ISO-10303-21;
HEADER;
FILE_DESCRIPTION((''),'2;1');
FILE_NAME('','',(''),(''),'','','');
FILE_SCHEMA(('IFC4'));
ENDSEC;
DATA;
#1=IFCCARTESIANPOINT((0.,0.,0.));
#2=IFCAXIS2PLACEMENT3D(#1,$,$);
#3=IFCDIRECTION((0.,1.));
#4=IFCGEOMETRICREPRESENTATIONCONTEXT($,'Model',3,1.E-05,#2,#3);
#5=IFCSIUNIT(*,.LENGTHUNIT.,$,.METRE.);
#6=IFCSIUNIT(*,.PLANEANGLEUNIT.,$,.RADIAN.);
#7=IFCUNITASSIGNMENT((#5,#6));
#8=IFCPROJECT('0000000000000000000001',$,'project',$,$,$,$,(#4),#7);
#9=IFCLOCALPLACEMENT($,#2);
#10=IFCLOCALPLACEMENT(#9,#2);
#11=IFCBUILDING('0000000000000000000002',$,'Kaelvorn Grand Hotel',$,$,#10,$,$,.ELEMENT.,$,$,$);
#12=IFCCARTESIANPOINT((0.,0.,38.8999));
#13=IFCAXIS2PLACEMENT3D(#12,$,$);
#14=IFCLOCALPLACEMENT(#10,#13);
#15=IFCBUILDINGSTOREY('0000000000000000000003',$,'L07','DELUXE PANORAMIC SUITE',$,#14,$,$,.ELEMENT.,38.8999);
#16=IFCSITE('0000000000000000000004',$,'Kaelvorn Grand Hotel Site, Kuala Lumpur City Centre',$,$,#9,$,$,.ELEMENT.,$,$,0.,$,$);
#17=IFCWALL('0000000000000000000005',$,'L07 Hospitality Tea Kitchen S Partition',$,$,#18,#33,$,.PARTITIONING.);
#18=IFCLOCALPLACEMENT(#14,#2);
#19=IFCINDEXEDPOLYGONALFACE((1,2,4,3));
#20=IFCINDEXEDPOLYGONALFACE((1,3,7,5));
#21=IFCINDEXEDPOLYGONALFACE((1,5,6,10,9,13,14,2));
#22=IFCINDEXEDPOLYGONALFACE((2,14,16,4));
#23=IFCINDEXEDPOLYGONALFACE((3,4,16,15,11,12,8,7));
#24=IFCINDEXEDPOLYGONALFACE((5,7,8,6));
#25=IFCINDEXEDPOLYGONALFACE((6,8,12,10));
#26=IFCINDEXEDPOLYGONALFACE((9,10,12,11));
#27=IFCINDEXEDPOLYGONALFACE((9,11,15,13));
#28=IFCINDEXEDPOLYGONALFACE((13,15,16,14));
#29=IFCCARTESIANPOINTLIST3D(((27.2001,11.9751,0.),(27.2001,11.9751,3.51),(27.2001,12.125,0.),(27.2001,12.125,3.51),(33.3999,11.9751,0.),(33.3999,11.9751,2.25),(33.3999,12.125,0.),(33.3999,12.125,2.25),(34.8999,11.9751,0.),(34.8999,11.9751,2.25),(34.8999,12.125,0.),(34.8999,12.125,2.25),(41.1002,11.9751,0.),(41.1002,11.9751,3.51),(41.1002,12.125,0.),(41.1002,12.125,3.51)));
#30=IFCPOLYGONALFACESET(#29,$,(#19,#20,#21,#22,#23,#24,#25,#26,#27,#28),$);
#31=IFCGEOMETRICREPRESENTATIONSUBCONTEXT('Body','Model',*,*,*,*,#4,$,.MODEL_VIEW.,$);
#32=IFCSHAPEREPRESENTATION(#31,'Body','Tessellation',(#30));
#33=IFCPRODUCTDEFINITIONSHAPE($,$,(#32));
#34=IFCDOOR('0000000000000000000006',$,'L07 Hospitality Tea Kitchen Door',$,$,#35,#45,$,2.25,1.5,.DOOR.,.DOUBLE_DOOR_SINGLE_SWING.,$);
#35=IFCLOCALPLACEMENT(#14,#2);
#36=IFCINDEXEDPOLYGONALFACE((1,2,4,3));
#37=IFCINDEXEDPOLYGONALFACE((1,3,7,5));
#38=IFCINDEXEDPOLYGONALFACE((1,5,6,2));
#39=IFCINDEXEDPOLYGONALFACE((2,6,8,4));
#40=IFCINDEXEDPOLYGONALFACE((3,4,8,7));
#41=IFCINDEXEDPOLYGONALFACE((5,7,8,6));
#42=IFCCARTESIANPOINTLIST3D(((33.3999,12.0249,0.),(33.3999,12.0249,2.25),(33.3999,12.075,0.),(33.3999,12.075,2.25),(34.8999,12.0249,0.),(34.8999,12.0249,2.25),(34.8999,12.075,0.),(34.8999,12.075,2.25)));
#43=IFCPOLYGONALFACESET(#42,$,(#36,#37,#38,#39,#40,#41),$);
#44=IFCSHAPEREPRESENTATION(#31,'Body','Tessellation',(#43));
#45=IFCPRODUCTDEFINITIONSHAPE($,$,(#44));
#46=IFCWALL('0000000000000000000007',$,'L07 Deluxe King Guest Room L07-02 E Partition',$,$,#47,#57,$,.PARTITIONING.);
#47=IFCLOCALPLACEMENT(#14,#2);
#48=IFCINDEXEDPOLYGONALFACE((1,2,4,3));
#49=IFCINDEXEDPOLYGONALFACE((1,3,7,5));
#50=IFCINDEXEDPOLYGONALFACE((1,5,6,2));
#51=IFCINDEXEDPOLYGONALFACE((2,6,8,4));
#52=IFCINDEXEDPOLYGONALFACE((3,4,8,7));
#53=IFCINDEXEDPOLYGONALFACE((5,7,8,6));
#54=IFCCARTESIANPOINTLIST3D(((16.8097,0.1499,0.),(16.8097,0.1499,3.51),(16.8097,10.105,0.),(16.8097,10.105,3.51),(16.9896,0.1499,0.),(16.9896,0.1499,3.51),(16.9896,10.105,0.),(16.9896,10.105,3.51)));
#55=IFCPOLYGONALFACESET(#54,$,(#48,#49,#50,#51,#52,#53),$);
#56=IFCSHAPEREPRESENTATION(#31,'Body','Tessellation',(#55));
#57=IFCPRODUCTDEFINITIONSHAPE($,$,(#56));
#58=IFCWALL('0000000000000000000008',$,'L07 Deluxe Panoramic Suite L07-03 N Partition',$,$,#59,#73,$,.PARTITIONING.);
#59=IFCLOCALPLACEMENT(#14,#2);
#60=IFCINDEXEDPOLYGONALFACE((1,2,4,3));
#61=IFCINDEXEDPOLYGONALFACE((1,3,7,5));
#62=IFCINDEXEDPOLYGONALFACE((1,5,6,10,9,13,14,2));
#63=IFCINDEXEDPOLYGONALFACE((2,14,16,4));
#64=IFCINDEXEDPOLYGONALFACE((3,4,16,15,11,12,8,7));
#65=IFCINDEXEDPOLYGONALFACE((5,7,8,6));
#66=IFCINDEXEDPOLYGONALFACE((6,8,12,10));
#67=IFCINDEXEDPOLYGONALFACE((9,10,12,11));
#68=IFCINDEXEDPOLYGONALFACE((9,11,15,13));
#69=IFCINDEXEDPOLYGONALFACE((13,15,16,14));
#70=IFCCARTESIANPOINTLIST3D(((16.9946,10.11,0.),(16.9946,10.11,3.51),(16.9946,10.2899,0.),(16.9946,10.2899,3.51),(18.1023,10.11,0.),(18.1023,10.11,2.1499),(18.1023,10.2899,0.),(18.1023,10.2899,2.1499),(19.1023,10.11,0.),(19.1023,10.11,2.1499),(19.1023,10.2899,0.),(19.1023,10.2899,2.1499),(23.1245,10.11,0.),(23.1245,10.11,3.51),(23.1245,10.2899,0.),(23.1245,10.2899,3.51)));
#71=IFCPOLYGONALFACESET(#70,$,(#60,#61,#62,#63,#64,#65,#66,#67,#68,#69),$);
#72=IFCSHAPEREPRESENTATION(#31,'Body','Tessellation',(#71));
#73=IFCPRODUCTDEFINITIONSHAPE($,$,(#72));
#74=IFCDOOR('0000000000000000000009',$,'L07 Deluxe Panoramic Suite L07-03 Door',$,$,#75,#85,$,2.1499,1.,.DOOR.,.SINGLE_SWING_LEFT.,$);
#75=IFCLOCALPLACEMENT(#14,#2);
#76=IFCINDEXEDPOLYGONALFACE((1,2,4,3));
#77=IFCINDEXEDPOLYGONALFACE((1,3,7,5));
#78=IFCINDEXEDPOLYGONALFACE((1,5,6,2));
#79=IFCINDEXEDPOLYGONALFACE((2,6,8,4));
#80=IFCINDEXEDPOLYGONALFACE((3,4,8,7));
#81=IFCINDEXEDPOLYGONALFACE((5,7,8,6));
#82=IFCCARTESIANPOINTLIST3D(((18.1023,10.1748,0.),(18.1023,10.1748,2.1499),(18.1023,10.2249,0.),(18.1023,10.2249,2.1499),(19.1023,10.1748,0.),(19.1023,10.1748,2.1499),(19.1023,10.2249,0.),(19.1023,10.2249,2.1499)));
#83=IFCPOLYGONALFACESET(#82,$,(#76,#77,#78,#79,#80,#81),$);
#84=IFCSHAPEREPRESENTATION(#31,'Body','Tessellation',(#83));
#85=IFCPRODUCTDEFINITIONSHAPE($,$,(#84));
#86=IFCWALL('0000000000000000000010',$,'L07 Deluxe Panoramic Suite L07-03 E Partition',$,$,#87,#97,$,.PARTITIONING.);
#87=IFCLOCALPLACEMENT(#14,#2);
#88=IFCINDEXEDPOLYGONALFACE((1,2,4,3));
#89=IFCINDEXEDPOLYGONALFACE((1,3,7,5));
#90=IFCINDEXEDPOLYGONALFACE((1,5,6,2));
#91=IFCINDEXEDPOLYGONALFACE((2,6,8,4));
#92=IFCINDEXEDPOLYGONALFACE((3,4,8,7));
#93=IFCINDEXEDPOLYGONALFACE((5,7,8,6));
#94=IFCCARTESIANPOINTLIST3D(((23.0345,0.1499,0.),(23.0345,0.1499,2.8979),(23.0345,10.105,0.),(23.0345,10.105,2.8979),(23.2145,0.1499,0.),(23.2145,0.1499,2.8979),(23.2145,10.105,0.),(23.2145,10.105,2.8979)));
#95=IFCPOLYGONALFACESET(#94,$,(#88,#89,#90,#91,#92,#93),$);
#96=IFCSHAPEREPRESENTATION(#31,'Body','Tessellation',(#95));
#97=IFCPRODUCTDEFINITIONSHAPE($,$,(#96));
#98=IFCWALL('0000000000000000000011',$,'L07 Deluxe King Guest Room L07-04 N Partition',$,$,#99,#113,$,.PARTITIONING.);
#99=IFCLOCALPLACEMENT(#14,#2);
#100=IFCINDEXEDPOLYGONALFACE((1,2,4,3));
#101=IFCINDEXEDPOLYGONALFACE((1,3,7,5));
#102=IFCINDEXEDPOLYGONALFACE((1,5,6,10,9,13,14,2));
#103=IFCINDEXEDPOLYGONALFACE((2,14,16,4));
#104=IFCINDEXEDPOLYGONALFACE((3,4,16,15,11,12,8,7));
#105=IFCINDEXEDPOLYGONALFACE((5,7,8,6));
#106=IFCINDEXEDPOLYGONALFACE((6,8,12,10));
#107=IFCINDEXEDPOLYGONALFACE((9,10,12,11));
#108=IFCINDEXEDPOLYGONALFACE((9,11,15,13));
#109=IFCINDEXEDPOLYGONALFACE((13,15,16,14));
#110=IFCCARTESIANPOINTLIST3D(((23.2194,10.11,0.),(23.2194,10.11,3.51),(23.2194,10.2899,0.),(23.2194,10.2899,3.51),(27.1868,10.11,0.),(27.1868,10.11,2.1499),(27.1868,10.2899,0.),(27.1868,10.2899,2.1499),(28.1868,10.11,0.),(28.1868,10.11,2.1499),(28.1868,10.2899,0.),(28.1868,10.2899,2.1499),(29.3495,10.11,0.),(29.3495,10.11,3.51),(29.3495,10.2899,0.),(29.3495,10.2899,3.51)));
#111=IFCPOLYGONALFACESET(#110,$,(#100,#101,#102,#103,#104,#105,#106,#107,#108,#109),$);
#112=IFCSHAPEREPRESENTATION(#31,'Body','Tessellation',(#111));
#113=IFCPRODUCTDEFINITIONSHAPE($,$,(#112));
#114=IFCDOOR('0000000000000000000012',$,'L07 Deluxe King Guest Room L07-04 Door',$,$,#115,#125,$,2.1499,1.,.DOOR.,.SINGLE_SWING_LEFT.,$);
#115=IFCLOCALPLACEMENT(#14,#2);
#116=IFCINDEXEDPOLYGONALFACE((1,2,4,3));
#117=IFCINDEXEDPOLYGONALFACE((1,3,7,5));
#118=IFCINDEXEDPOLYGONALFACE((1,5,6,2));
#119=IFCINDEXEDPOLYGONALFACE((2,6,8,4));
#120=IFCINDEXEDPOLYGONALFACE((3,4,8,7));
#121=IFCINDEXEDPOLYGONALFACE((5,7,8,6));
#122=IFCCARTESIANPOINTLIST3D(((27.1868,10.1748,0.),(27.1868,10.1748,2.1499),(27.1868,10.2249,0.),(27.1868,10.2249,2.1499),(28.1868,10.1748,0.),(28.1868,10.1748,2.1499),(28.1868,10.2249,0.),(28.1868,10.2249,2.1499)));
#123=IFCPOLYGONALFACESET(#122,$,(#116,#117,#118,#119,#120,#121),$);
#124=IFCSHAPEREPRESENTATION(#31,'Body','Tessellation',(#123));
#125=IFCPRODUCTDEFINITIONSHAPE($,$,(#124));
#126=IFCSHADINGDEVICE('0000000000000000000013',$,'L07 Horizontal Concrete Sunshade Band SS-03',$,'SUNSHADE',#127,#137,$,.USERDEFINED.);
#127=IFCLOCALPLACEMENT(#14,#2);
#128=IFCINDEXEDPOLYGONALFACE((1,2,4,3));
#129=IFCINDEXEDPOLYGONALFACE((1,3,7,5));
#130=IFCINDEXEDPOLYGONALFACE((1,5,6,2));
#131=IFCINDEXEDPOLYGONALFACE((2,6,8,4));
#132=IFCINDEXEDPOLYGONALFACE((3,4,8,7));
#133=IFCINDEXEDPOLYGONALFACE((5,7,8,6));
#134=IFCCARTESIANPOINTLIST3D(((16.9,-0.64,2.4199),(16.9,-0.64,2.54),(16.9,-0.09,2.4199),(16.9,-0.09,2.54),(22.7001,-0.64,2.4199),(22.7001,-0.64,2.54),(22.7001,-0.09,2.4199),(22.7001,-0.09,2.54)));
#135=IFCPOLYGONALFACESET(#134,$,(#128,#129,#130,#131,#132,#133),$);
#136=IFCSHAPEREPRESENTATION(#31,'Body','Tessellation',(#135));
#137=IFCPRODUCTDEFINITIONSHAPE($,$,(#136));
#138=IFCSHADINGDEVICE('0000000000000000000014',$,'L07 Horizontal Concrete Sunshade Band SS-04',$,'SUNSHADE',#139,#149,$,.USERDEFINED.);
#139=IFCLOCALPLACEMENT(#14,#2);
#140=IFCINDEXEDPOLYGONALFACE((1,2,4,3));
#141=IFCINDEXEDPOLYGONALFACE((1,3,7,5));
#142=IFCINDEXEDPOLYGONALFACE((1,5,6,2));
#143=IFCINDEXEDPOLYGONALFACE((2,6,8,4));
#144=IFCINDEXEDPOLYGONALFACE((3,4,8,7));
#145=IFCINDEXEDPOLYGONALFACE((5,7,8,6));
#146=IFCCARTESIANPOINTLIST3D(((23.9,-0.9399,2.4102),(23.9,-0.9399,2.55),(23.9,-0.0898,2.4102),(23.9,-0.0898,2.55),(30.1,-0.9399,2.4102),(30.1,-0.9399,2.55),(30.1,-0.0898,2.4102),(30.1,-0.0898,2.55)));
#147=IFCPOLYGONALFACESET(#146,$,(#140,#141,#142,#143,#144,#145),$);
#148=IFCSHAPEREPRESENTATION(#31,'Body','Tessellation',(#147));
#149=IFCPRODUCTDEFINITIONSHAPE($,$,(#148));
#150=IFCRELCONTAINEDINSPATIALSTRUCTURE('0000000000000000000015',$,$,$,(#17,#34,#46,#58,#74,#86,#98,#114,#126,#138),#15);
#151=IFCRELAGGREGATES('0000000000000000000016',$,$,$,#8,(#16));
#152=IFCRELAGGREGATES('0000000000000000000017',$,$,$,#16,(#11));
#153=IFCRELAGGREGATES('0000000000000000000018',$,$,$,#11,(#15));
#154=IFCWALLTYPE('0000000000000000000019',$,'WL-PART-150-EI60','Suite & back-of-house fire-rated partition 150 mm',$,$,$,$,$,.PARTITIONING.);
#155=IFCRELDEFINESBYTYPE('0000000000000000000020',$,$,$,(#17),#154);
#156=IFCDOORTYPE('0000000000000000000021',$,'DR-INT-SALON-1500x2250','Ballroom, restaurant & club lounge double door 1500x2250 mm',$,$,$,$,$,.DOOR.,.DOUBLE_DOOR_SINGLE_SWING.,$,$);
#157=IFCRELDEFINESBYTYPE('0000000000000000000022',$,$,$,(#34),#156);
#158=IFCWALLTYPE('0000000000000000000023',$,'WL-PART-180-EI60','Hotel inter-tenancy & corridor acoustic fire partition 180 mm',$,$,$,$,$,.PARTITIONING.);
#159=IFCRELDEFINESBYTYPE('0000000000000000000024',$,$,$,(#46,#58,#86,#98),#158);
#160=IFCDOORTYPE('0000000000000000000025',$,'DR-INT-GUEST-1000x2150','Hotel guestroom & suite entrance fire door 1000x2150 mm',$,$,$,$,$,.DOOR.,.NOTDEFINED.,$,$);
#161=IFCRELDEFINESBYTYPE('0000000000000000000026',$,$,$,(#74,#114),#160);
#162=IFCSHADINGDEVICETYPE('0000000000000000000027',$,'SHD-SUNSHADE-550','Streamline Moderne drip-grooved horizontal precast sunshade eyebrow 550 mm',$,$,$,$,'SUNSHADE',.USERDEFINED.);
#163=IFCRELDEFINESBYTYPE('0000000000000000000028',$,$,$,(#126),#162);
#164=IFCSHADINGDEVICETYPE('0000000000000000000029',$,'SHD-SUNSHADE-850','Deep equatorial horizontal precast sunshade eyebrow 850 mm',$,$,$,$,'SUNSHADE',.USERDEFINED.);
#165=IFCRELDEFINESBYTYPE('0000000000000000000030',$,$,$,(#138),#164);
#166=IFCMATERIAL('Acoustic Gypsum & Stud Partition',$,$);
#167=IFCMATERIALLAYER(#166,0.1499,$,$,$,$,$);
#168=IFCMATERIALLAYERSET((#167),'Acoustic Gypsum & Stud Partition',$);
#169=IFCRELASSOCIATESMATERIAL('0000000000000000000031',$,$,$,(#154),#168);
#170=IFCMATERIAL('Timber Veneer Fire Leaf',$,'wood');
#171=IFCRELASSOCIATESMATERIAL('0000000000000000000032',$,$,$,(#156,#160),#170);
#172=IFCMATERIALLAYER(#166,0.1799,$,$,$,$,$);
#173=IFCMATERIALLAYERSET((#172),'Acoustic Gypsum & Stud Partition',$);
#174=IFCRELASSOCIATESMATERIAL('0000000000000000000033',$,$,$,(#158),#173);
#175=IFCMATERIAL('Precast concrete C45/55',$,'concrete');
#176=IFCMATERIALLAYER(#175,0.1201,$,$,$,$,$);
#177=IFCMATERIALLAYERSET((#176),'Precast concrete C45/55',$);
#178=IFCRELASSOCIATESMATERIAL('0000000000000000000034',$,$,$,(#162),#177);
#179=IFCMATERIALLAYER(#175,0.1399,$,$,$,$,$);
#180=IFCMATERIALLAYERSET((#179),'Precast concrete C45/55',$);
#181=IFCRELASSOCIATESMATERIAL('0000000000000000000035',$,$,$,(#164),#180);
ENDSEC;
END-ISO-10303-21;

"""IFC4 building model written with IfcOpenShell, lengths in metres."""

from ifc_helpers import new_model, si_unit, direction, frame, frame_2d, origin, origin_2d, place, context, subcontext, project, spatial, rectangle, extrude, material, layer, layer_set, type_object, element, fill, save


model = new_model("IFC4")

# Units and contexts
model_context = context("Model", 3, precision=1e-05, world=origin(), true_north=direction((0.0, 1.0)))
body_context = subcontext(model_context, "Body", "Model", "MODEL_VIEW")
ifc_project = project(units=[si_unit("LENGTHUNIT", "METRE"), si_unit("PLANEANGLEUNIT", "RADIAN")], contexts=[model_context])

# Site, building, storey
site_placement = place(None, origin())
site = spatial("IfcSite", under=ifc_project, at=site_placement, Name="Kaelvorn Grand Hotel Site, Kuala Lumpur City Centre", CompositionType="ELEMENT", RefElevation=0.0)
building_placement = place(site_placement, origin())
building = spatial("IfcBuilding", under=site, at=building_placement, Name="Kaelvorn Grand Hotel", CompositionType="ELEMENT")
storey_placement = place(building_placement, frame((0.0, 0.0, 38.8999)))
storey = spatial("IfcBuildingStorey", under=building, at=storey_placement, Name="L07", Description="DELUXE PANORAMIC SUITE", CompositionType="ELEMENT", Elevation=38.8999)

# Shared definitions
ifc_material_1 = material(Name="Acoustic Gypsum & Stud Partition")
ifc_layer_1 = layer(ifc_material_1, 0.1499)
ifc_layer_set_1 = layer_set([ifc_layer_1], Name="Acoustic Gypsum & Stud Partition")
wall_type_1 = type_object("IfcWallType", Name="WL-PART-150-EI60", Description="Suite & back-of-house fire-rated partition 150 mm", PredefinedType="PARTITIONING", material=ifc_layer_set_1)

# Wall, opening, door
wall_1_placement = place(storey_placement, frame((27.2, 12.05, 0.0), z_axis=(0.0, 0.0, 1.0), x_axis=(1.0, 0.0, 0.0)))
wall_1 = element("IfcWall", 1, at=wall_1_placement, inside=storey, type_object=wall_type_1, Name="L07 Hospitality Tea Kitchen S Partition", PredefinedType="PARTITIONING", context=body_context, shape_type="SweptSolid", body=[
    extrude(rectangle(XDim=13.9001, YDim=0.1499, at=frame_2d((6.9502, 0.0))), origin(), (0.0, 0.0, 1.0), 3.51),
])
opening_1_placement = place(wall_1_placement, frame((6.2, 0.0, 0.0)))
opening_1 = element("IfcOpeningElement", 2, at=opening_1_placement, cuts=wall_1, PredefinedType="OPENING", context=body_context, shape_type="SweptSolid", body=[
    extrude(rectangle(XDim=1.5, YDim=2.25, at=frame_2d((0.75, 1.125))), frame((0.0, 0.085, 0.0), z_axis=(0.0, -1.0, 0.0), x_axis=(1.0, 0.0, 0.0)), (0.0, 0.0, 1.0), 0.1699),
])
ifc_material_2 = material(Name="Timber Veneer Fire Leaf", Category="wood")
door_type_1 = type_object("IfcDoorType", Name="DR-INT-SALON-1500x2250", Description="Ballroom, restaurant & club lounge double door 1500x2250 mm", OperationType="DOUBLE_DOOR_SINGLE_SWING", PredefinedType="DOOR", material=ifc_material_2)
door_1_placement = place(opening_1_placement, origin())
door_1 = element("IfcDoor", 3, at=door_1_placement, inside=storey, type_object=door_type_1, Name="L07 Hospitality Tea Kitchen Door", OperationType="DOUBLE_DOOR_SINGLE_SWING", OverallHeight=2.25, OverallWidth=1.5, PredefinedType="DOOR", context=body_context, shape_type="SweptSolid", body=[
    extrude(rectangle(XDim=1.5, YDim=2.25, at=frame_2d((0.75, 1.125))), frame((0.0, 0.0249, 0.0), z_axis=(0.0, -1.0, 0.0), x_axis=(1.0, 0.0, 0.0)), (0.0, 0.0, 1.0), 0.05),
])
fill(opening_1, door_1)

# Wall
ifc_layer_2 = layer(ifc_material_1, 0.1799)
ifc_layer_set_2 = layer_set([ifc_layer_2], Name="Acoustic Gypsum & Stud Partition")
wall_type_2 = type_object("IfcWallType", Name="WL-PART-180-EI60", Description="Hotel inter-tenancy & corridor acoustic fire partition 180 mm", PredefinedType="PARTITIONING", material=ifc_layer_set_2)
wall_2_placement = place(storey_placement, frame((16.8997, 0.1499, 0.0), z_axis=(0.0, 0.0, 1.0), x_axis=(0.0, 1.0, 0.0)))
element("IfcWall", 4, at=wall_2_placement, inside=storey, type_object=wall_type_2, Name="L07 Deluxe King Guest Room L07-02 E Partition", PredefinedType="PARTITIONING", context=body_context, shape_type="SweptSolid", body=[
    extrude(rectangle(XDim=9.9551, YDim=0.1799, at=frame_2d((4.9775, 0.0))), origin(), (0.0, 0.0, 1.0), 3.51),
])

# Wall, opening, door
wall_3_placement = place(storey_placement, frame((16.9946, 10.2, 0.0), z_axis=(0.0, 0.0, 1.0), x_axis=(1.0, 0.0, 0.0)))
wall_3 = element("IfcWall", 5, at=wall_3_placement, inside=storey, type_object=wall_type_2, Name="L07 Deluxe Panoramic Suite L07-03 N Partition", PredefinedType="PARTITIONING", context=body_context, shape_type="SweptSolid", body=[
    extrude(rectangle(XDim=6.1299, YDim=0.1799, at=frame_2d((3.0649, 0.0))), origin(), (0.0, 0.0, 1.0), 3.51),
])
opening_2_placement = place(wall_3_placement, frame((1.1077, 0.0, 0.0)))
opening_2 = element("IfcOpeningElement", 6, at=opening_2_placement, cuts=wall_3, PredefinedType="OPENING", context=body_context, shape_type="SweptSolid", body=[
    extrude(rectangle(XDim=1.0, YDim=2.1499, at=frame_2d((0.5, 1.075))), frame((0.0, 0.1001, 0.0), z_axis=(0.0, -1.0, 0.0), x_axis=(1.0, 0.0, 0.0)), (0.0, 0.0, 1.0), 0.2),
])
door_type_2 = type_object("IfcDoorType", Name="DR-INT-GUEST-1000x2150", Description="Hotel guestroom & suite entrance fire door 1000x2150 mm", OperationType="NOTDEFINED", PredefinedType="DOOR", material=ifc_material_2)
door_2_placement = place(opening_2_placement, origin())
door_2 = element("IfcDoor", 7, at=door_2_placement, inside=storey, type_object=door_type_2, Name="L07 Deluxe Panoramic Suite L07-03 Door", OperationType="SINGLE_SWING_LEFT", OverallHeight=2.1499, OverallWidth=1.0, PredefinedType="DOOR", context=body_context, shape_type="SweptSolid", body=[
    extrude(rectangle(XDim=1.0, YDim=2.1499, at=frame_2d((0.5, 1.075))), frame((0.0, 0.0249, 0.0), z_axis=(0.0, -1.0, 0.0), x_axis=(1.0, 0.0, 0.0)), (0.0, 0.0, 1.0), 0.05),
])
fill(opening_2, door_2)

# Wall
wall_4_placement = place(storey_placement, frame((23.1245, 0.1499, 0.0), z_axis=(0.0, 0.0, 1.0), x_axis=(0.0, 1.0, 0.0)))
element("IfcWall", 8, at=wall_4_placement, inside=storey, type_object=wall_type_2, Name="L07 Deluxe Panoramic Suite L07-03 E Partition", PredefinedType="PARTITIONING", context=body_context, shape_type="SweptSolid", body=[
    extrude(rectangle(XDim=9.9551, YDim=0.1799, at=frame_2d((4.9775, 0.0))), origin(), (0.0, 0.0, 1.0), 2.8979),
])

# Wall, opening, door
wall_5_placement = place(storey_placement, frame((23.2195, 10.2, 0.0), z_axis=(0.0, 0.0, 1.0), x_axis=(1.0, 0.0, 0.0)))
wall_5 = element("IfcWall", 9, at=wall_5_placement, inside=storey, type_object=wall_type_2, Name="L07 Deluxe King Guest Room L07-04 N Partition", PredefinedType="PARTITIONING", context=body_context, shape_type="SweptSolid", body=[
    extrude(rectangle(XDim=6.1301, YDim=0.1799, at=frame_2d((3.0649, 0.0))), origin(), (0.0, 0.0, 1.0), 3.51),
])
opening_3_placement = place(wall_5_placement, frame((3.9673, 0.0, 0.0)))
opening_3 = element("IfcOpeningElement", 10, at=opening_3_placement, cuts=wall_5, PredefinedType="OPENING", context=body_context, shape_type="SweptSolid", body=[
    extrude(rectangle(XDim=1.0, YDim=2.1499, at=frame_2d((0.5, 1.075))), frame((0.0, 0.1001, 0.0), z_axis=(0.0, -1.0, 0.0), x_axis=(1.0, 0.0, 0.0)), (0.0, 0.0, 1.0), 0.2),
])
door_3_placement = place(opening_3_placement, origin())
door_3 = element("IfcDoor", 11, at=door_3_placement, inside=storey, type_object=door_type_2, Name="L07 Deluxe King Guest Room L07-04 Door", OperationType="SINGLE_SWING_LEFT", OverallHeight=2.1499, OverallWidth=1.0, PredefinedType="DOOR", context=body_context, shape_type="SweptSolid", body=[
    extrude(rectangle(XDim=1.0, YDim=2.1499, at=frame_2d((0.5, 1.075))), frame((0.0, 0.0249, 0.0), z_axis=(0.0, -1.0, 0.0), x_axis=(1.0, 0.0, 0.0)), (0.0, 0.0, 1.0), 0.05),
])
fill(opening_3, door_3)

# Shading devices
ifc_material_3 = material(Name="Precast concrete C45/55", Category="concrete")
ifc_layer_3 = layer(ifc_material_3, 0.1201)
ifc_layer_set_3 = layer_set([ifc_layer_3], Name="Precast concrete C45/55")
shading_device_type_1 = type_object("IfcShadingDeviceType", Name="SHD-SUNSHADE-550", Description="Streamline Moderne drip-grooved horizontal precast sunshade eyebrow 550 mm", ElementType="SUNSHADE", PredefinedType="USERDEFINED", material=ifc_layer_set_3)
shading_device_1_placement = place(storey_placement, frame((19.8, -0.365, 2.4199), z_axis=(0.0, 0.0, 1.0), x_axis=(1.0, 0.0, 0.0)))
element("IfcShadingDevice", 12, at=shading_device_1_placement, inside=storey, type_object=shading_device_type_1, Name="L07 Horizontal Concrete Sunshade Band SS-03", ObjectType="SUNSHADE", PredefinedType="USERDEFINED", context=body_context, shape_type="SweptSolid", body=[
    extrude(rectangle(XDim=5.8, YDim=0.55, at=origin_2d()), origin(), (0.0, 0.0, 1.0), 0.1201),
])
ifc_layer_4 = layer(ifc_material_3, 0.1399)
ifc_layer_set_4 = layer_set([ifc_layer_4], Name="Precast concrete C45/55")
shading_device_type_2 = type_object("IfcShadingDeviceType", Name="SHD-SUNSHADE-850", Description="Deep equatorial horizontal precast sunshade eyebrow 850 mm", ElementType="SUNSHADE", PredefinedType="USERDEFINED", material=ifc_layer_set_4)
shading_device_2_placement = place(storey_placement, frame((27.0, -0.5149, 2.4102), z_axis=(0.0, 0.0, 1.0), x_axis=(1.0, 0.0, 0.0)))
element("IfcShadingDevice", 13, at=shading_device_2_placement, inside=storey, type_object=shading_device_type_2, Name="L07 Horizontal Concrete Sunshade Band SS-04", ObjectType="SUNSHADE", PredefinedType="USERDEFINED", context=body_context, shape_type="SweptSolid", body=[
    extrude(rectangle(XDim=6.2, YDim=0.8501, at=origin_2d()), origin(), (0.0, 0.0, 1.0), 0.1399),
])

save(model, "model.ifc")
